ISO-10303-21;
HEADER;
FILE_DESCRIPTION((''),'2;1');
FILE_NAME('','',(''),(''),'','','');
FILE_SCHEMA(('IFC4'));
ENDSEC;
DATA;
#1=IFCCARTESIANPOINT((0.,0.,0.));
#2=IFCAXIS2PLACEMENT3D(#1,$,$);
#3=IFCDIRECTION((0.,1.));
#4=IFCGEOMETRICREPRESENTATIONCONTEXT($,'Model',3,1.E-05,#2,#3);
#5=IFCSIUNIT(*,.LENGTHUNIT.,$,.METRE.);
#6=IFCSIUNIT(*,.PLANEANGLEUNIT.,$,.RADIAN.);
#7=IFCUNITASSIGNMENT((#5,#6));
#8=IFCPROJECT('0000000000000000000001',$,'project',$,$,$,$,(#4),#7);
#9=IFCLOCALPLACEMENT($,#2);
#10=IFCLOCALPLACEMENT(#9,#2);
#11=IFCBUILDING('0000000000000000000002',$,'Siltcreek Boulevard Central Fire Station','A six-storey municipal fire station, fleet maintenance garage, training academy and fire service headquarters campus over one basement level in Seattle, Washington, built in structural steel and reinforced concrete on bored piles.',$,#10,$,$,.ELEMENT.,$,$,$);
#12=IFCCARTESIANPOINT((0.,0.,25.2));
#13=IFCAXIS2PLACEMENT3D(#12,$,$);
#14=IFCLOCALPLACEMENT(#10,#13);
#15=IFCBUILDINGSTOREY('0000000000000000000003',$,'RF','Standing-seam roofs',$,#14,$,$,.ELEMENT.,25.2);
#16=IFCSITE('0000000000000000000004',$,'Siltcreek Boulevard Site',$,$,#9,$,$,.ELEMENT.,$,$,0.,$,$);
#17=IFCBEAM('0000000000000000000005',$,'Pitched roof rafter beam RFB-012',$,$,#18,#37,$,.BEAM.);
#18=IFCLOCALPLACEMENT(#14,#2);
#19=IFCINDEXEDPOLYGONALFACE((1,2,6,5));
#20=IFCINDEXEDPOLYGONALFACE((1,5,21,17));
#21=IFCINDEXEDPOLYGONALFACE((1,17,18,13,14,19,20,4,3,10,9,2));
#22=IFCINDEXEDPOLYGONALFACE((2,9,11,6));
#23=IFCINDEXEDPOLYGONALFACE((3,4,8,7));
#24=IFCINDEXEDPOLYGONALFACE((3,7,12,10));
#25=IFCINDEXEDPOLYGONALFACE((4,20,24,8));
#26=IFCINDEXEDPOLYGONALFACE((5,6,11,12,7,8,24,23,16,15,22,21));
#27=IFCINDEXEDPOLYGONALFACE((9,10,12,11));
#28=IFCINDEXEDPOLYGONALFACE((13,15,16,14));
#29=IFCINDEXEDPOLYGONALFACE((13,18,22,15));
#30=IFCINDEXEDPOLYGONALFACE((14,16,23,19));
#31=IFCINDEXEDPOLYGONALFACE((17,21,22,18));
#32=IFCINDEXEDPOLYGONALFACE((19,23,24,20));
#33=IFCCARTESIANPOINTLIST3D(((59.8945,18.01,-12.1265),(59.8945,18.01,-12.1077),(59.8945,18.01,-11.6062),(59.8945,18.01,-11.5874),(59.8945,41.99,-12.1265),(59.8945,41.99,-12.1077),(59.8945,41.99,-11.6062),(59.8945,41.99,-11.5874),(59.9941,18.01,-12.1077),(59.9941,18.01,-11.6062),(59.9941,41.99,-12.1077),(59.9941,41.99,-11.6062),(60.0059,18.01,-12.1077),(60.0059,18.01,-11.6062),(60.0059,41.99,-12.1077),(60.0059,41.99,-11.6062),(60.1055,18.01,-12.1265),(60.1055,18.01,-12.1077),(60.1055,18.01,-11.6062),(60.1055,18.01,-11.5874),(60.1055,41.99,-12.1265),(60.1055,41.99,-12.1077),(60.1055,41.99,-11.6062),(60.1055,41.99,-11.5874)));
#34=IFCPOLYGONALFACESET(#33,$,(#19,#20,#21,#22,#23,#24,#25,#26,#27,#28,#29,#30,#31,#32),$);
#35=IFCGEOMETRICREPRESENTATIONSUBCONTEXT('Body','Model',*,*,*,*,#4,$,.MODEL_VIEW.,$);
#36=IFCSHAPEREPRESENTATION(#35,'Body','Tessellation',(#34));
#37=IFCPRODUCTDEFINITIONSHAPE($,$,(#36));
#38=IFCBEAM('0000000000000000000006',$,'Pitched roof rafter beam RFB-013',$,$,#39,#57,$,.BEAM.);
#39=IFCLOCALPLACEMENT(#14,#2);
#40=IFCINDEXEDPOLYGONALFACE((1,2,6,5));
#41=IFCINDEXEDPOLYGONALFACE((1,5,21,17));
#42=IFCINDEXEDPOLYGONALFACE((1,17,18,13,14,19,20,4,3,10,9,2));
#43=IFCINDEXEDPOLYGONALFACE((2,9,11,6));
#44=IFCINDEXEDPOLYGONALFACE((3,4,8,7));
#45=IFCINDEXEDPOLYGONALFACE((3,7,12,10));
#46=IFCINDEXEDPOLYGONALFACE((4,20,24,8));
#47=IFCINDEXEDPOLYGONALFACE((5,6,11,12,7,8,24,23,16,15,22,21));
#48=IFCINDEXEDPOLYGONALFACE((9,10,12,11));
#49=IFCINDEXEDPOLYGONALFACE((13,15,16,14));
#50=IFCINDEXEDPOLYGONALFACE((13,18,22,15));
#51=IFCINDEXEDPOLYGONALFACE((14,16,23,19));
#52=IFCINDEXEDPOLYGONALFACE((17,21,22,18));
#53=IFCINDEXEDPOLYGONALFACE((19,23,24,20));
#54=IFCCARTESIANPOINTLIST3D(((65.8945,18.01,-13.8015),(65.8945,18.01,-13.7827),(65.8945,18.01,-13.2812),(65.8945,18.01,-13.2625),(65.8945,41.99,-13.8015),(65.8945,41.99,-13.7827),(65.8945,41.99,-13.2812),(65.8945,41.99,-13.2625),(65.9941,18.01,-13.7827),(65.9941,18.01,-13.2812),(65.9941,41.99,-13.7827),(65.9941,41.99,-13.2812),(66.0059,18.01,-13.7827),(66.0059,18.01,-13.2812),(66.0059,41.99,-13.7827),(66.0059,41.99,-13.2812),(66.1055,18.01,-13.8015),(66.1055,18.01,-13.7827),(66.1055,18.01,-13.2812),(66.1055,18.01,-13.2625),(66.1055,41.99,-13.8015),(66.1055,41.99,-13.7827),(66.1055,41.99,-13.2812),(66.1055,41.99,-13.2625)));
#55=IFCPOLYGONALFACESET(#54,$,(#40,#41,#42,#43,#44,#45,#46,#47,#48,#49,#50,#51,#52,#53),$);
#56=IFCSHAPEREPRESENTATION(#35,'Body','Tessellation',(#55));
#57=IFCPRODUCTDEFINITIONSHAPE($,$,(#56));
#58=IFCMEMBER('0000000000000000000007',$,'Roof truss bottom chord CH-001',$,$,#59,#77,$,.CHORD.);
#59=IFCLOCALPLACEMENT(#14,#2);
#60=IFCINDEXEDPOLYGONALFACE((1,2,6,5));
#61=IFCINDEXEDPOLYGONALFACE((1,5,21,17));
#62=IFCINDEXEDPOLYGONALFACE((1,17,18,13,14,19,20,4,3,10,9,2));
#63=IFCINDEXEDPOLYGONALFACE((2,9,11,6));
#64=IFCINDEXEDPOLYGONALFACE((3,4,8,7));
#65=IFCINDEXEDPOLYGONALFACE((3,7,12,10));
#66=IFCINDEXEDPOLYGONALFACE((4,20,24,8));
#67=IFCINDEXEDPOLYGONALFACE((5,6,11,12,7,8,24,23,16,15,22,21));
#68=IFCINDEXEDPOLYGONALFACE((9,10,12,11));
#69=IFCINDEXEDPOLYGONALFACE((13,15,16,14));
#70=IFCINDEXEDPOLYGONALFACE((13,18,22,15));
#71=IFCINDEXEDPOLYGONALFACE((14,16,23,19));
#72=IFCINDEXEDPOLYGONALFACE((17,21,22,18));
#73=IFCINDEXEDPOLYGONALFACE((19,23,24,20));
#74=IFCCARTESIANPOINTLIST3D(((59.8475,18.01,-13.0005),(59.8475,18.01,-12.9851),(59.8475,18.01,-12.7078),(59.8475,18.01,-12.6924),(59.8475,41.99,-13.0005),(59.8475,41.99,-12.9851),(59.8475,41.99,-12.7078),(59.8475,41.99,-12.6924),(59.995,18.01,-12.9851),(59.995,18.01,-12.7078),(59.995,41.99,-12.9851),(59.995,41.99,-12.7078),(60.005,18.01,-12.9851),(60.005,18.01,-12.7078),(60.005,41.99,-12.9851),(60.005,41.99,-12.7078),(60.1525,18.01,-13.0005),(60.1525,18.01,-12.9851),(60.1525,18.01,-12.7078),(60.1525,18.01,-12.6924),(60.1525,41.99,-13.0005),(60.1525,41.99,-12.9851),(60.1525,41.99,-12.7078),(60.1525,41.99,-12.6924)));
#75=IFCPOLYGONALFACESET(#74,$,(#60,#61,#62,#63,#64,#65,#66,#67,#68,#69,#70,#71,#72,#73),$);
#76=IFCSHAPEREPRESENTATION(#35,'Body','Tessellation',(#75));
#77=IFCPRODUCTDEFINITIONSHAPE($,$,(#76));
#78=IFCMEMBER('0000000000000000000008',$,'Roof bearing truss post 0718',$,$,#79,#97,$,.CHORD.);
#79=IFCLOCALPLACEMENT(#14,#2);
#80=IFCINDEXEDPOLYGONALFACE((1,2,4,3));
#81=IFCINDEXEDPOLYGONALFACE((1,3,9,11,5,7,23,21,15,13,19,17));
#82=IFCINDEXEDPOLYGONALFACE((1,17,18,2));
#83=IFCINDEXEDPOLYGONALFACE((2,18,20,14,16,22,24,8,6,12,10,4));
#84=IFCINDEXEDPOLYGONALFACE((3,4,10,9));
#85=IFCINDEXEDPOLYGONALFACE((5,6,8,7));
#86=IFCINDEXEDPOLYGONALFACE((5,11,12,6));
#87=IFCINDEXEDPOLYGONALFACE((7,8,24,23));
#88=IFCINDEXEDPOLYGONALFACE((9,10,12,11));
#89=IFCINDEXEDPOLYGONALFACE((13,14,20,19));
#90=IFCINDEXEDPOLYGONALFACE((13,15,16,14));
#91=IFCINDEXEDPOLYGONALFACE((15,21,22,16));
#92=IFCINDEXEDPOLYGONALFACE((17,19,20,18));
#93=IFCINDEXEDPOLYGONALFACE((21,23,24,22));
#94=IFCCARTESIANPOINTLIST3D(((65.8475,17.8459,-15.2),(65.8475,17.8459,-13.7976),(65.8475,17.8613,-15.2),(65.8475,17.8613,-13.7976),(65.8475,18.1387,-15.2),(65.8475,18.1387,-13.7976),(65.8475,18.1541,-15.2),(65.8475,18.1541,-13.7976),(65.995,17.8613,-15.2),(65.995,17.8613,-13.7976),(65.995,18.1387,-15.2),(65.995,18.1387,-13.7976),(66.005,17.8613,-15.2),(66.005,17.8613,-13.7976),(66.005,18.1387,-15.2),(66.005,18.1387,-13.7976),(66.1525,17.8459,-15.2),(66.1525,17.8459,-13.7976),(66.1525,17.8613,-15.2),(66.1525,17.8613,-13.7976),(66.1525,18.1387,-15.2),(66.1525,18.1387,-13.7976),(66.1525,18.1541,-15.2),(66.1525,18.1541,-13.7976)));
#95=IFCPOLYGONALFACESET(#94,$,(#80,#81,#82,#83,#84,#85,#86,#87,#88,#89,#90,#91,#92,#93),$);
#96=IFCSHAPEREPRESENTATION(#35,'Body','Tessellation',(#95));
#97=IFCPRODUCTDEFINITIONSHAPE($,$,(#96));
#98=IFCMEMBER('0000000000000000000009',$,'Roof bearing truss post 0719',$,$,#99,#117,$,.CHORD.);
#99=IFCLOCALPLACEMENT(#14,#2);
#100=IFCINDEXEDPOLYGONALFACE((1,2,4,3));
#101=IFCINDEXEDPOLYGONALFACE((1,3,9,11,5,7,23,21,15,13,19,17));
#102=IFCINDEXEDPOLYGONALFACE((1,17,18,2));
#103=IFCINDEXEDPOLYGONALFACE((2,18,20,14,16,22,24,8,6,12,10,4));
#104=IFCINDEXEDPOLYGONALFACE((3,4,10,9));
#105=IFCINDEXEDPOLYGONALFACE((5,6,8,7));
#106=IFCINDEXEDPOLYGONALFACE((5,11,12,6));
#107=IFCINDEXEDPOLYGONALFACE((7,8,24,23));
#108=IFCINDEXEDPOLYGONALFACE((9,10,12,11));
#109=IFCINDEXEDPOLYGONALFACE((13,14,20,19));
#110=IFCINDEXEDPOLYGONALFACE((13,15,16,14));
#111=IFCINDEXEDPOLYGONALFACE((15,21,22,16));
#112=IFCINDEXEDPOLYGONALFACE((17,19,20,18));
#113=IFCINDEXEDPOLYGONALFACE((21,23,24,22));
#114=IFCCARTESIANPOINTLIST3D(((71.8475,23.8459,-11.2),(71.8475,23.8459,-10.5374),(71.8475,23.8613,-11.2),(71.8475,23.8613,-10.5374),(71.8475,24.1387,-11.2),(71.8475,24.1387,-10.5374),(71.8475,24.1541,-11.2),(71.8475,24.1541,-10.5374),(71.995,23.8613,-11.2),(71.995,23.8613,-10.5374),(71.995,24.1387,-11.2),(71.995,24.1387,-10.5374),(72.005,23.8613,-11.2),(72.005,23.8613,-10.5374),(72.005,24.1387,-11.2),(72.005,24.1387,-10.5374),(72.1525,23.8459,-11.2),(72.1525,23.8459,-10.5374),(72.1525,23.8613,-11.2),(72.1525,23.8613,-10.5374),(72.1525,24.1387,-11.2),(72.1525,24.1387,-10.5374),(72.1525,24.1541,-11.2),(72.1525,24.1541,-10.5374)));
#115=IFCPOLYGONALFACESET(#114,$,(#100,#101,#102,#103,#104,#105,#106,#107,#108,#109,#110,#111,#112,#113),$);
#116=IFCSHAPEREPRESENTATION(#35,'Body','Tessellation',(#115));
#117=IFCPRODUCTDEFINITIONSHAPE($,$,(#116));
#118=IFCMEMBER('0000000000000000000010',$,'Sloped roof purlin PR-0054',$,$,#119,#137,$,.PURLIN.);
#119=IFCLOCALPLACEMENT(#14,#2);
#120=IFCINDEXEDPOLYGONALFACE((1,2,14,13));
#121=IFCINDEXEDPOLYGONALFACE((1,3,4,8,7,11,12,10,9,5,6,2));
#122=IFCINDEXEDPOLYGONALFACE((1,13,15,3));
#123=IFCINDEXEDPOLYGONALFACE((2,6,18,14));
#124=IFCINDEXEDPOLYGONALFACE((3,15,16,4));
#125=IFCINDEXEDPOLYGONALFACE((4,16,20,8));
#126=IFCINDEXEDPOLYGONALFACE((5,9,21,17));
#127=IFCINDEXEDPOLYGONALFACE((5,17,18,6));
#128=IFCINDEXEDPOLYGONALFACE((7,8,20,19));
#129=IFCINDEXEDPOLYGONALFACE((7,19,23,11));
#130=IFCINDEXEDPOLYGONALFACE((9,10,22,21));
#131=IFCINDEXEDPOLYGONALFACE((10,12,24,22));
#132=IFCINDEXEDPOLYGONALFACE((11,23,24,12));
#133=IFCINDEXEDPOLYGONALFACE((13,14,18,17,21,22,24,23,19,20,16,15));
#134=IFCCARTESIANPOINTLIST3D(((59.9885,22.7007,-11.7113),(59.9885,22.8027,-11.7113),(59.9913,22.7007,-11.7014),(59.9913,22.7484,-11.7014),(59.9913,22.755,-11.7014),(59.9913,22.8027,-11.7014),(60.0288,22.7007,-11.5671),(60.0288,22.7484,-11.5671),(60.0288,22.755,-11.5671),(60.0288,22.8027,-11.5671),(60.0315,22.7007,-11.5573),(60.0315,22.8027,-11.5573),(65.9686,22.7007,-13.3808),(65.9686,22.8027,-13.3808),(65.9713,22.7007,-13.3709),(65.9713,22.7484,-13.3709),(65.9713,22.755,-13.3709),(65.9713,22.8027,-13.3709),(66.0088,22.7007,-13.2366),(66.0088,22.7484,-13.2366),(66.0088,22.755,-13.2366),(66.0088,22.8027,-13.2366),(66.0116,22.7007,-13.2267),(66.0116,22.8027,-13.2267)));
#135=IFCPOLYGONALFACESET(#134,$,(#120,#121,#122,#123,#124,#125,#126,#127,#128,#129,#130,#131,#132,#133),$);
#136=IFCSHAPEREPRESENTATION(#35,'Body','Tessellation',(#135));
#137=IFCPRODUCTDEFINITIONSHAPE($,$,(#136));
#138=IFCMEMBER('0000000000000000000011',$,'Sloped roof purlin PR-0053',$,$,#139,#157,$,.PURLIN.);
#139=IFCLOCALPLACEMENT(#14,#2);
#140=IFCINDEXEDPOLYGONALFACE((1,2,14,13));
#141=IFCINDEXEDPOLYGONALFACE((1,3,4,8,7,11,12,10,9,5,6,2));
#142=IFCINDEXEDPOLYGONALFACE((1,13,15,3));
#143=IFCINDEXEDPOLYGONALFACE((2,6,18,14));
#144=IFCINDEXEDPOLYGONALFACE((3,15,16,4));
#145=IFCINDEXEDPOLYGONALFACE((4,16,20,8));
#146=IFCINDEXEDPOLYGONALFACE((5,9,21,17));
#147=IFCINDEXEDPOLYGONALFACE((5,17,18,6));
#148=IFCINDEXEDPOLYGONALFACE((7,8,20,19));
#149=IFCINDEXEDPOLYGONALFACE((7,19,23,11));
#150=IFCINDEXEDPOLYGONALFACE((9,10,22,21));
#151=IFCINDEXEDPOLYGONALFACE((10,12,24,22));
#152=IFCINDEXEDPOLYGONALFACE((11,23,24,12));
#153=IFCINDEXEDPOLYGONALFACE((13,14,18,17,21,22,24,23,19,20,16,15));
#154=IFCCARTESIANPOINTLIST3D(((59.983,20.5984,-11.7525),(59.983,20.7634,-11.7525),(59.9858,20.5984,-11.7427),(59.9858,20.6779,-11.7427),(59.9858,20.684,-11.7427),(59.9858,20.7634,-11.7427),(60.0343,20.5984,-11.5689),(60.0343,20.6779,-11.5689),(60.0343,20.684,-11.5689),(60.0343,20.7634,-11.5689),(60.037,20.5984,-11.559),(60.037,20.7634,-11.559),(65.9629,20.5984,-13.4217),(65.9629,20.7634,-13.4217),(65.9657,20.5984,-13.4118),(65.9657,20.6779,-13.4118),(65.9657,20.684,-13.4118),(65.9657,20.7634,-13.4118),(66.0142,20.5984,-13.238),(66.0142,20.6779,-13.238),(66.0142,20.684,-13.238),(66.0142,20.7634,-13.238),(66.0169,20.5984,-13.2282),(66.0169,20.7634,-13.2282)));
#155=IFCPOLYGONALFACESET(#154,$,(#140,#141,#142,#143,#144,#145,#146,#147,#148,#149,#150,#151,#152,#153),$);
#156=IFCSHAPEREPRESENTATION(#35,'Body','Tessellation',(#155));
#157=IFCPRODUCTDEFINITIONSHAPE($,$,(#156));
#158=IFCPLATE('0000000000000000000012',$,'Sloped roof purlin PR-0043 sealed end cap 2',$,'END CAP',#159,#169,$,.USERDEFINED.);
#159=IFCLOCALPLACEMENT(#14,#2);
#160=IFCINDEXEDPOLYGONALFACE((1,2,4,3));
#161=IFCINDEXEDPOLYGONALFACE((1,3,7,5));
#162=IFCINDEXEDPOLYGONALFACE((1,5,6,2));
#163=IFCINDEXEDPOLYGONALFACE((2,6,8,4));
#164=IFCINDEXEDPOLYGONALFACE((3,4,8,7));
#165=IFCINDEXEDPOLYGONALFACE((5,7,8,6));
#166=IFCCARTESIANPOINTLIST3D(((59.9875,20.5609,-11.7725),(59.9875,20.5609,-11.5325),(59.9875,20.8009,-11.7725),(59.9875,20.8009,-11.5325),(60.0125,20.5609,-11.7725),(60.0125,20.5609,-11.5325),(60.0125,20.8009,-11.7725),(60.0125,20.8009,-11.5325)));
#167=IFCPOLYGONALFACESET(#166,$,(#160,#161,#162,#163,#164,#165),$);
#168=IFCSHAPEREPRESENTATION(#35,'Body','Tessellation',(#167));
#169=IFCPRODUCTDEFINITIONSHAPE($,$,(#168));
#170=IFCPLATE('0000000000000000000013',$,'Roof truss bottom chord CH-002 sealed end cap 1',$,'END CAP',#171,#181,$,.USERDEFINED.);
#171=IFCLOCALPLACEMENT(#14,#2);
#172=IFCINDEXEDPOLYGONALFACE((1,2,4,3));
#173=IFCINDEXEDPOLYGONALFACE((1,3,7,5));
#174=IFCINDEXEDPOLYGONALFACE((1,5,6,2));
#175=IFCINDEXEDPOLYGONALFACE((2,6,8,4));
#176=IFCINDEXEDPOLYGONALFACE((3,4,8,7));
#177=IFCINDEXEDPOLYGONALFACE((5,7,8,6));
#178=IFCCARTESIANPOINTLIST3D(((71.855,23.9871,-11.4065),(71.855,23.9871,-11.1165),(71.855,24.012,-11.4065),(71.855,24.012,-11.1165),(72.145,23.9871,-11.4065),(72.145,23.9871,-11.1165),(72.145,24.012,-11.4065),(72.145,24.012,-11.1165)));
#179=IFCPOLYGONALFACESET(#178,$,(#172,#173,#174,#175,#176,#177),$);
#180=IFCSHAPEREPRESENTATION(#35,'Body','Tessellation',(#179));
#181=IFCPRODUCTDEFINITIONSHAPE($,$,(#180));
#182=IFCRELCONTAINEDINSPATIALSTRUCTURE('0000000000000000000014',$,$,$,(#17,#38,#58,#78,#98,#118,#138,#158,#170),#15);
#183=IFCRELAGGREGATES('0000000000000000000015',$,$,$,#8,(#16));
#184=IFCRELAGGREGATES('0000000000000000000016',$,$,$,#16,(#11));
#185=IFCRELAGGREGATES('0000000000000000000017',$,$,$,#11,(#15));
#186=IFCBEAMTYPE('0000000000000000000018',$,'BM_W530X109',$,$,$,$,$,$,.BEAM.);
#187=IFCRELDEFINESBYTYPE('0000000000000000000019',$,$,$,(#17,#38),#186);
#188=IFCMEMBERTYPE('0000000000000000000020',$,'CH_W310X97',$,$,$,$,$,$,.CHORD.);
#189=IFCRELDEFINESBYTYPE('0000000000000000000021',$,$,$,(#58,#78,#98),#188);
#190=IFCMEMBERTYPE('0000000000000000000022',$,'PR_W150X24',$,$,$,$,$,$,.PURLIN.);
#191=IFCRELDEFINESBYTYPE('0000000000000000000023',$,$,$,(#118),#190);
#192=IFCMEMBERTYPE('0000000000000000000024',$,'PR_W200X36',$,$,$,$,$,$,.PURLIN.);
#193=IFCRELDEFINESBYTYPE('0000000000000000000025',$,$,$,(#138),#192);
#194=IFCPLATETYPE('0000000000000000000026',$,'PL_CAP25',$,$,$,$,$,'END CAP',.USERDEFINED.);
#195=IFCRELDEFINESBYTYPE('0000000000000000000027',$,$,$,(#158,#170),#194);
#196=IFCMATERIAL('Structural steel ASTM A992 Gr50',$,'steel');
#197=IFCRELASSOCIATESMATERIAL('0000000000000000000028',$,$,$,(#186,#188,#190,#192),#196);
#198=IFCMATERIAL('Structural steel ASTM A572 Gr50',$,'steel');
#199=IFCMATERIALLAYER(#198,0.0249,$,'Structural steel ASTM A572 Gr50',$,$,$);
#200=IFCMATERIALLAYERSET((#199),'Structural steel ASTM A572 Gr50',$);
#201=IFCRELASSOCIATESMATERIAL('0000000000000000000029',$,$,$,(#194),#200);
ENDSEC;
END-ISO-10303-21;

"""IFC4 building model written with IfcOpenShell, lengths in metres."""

from ifc_helpers import new_model, si_unit, direction, frame, origin, origin_2d, place, context, subcontext, project, spatial, rectangle, i_section, extrude, material, layer, layer_set, material_profile, profile_set, type_object, element, save


model = new_model("IFC4")

# Units and contexts
model_context = context("Model", 3, precision=1e-05, world=origin(), true_north=direction((0.0, 1.0)))
body_context = subcontext(model_context, "Body", "Model", "MODEL_VIEW")
ifc_project = project(units=[si_unit("LENGTHUNIT", "METRE"), si_unit("PLANEANGLEUNIT", "RADIAN")], contexts=[model_context])

# Site, building, storey
site_placement = place(None, origin())
site = spatial("IfcSite", under=ifc_project, at=site_placement, Name="Siltcreek Boulevard Site", CompositionType="ELEMENT", RefElevation=0.0)
building_placement = place(site_placement, origin())
building = spatial("IfcBuilding", under=site, at=building_placement, Name="Siltcreek Boulevard Central Fire Station", Description="A six-storey municipal fire station, fleet maintenance garage, training academy and fire service headquarters campus over one basement level in Seattle, Washington, built in structural steel and reinforced concrete on bored piles.", CompositionType="ELEMENT")
storey_placement = place(building_placement, frame((0.0, 0.0, 25.2)))
storey = spatial("IfcBuildingStorey", under=building, at=storey_placement, Name="RF", Description="Standing-seam roofs", CompositionType="ELEMENT", Elevation=25.2)

# Beams
ifc_material_1 = material(Name="Structural steel ASTM A992 Gr50", Category="steel")
ifc_material_profile_1 = material_profile(ifc_material_1, i_section(OverallWidth=0.2109, OverallDepth=0.5391, WebThickness=0.0117, FlangeThickness=0.0188, at=origin_2d()), Name="W530X109")
ifc_profile_set_1 = profile_set([ifc_material_profile_1], Name="Structural steel ASTM A992 Gr50")
beam_type = type_object("IfcBeamType", Name="BM_W530X109", PredefinedType="BEAM", material=ifc_profile_set_1)
for number, where, z_axis, x_axis, name in (
    (1, (60.0, 18.01, -11.8569), (0.0, 1.0, 0.0), (-1.0, 0.0, 0.0), "Pitched roof rafter beam RFB-012"),
    (2, (66.0, 18.01, -13.532), (0.0, 1.0, 0.0), (-1.0, 0.0, 0.0), "Pitched roof rafter beam RFB-013"),
):
    element("IfcBeam", number, at=place(storey_placement, frame(where, z_axis=z_axis, x_axis=x_axis)), inside=storey, type_object=beam_type, Name=name, PredefinedType="BEAM", context=body_context, shape_type="SweptSolid", body=[
        extrude(i_section(OverallWidth=0.2109, OverallDepth=0.5391, WebThickness=0.0117, FlangeThickness=0.0188, at=origin_2d()), origin(), (0.0, 0.0, 1.0), 23.98),
    ])

# Members
ifc_material_profile_2 = material_profile(ifc_material_1, i_section(OverallWidth=0.3049, OverallDepth=0.3081, WebThickness=0.01, FlangeThickness=0.0154, at=origin_2d()), Name="W310X97")
ifc_profile_set_2 = profile_set([ifc_material_profile_2], Name="Structural steel ASTM A992 Gr50")
member_type_1 = type_object("IfcMemberType", Name="CH_W310X97", PredefinedType="CHORD", material=ifc_profile_set_2)
member_1_placement = place(storey_placement, frame((60.0, 18.01, -12.8464), z_axis=(0.0, 1.0, 0.0), x_axis=(-1.0, 0.0, 0.0)))
element("IfcMember", 3, at=member_1_placement, inside=storey, type_object=member_type_1, Name="Roof truss bottom chord CH-001", PredefinedType="CHORD", context=body_context, shape_type="SweptSolid", body=[
    extrude(i_section(OverallWidth=0.3049, OverallDepth=0.3081, WebThickness=0.01, FlangeThickness=0.0154, at=origin_2d()), origin(), (0.0, 0.0, 1.0), 23.98),
])
member_2_placement = place(storey_placement, frame((66.0, 18.0, -15.2), z_axis=(0.0, 0.0, 1.0), x_axis=(1.0, 0.0, 0.0)))
element("IfcMember", 4, at=member_2_placement, inside=storey, type_object=member_type_1, Name="Roof bearing truss post 0718", PredefinedType="CHORD", context=body_context, shape_type="SweptSolid", body=[
    extrude(i_section(OverallWidth=0.3049, OverallDepth=0.3081, WebThickness=0.01, FlangeThickness=0.0154, at=origin_2d()), origin(), (0.0, 0.0, 1.0), 1.4023),
])
member_3_placement = place(storey_placement, frame((72.0, 24.0, -11.2), z_axis=(0.0, 0.0, 1.0), x_axis=(1.0, 0.0, 0.0)))
element("IfcMember", 5, at=member_3_placement, inside=storey, type_object=member_type_1, Name="Roof bearing truss post 0719", PredefinedType="CHORD", context=body_context, shape_type="SweptSolid", body=[
    extrude(i_section(OverallWidth=0.3049, OverallDepth=0.3081, WebThickness=0.01, FlangeThickness=0.0154, at=origin_2d()), origin(), (0.0, 0.0, 1.0), 0.6626),
])
ifc_material_profile_3 = material_profile(ifc_material_1, i_section(OverallWidth=0.1021, OverallDepth=0.1599, WebThickness=0.0066, FlangeThickness=0.0103, at=origin_2d()), Name="W150X24")
ifc_profile_set_3 = profile_set([ifc_material_profile_3], Name="Structural steel ASTM A992 Gr50")
member_type_2 = type_object("IfcMemberType", Name="PR_W150X24", PredefinedType="PURLIN", material=ifc_profile_set_3)
member_4_placement = place(storey_placement, frame((60.01, 22.7517, -11.6343), z_axis=(0.963171, 0.0, -0.268889), x_axis=(0.0, 1.0, 0.0)))
element("IfcMember", 6, at=member_4_placement, inside=storey, type_object=member_type_2, Name="Sloped roof purlin PR-0054", PredefinedType="PURLIN", context=body_context, shape_type="SweptSolid", body=[
    extrude(i_section(OverallWidth=0.1021, OverallDepth=0.1599, WebThickness=0.0066, FlangeThickness=0.0103, at=origin_2d()), origin(), (0.0, 0.0, 1.0), 6.2087),
])
ifc_material_profile_4 = material_profile(ifc_material_1, i_section(OverallWidth=0.165, OverallDepth=0.2009, WebThickness=0.0061, FlangeThickness=0.0103, at=origin_2d()), Name="W200X36")
ifc_profile_set_4 = profile_set([ifc_material_profile_4], Name="Structural steel ASTM A992 Gr50")
member_type_3 = type_object("IfcMemberType", Name="PR_W200X36", PredefinedType="PURLIN", material=ifc_profile_set_4)
member_5_placement = place(storey_placement, frame((60.01, 20.6809, -11.6558), z_axis=(0.963181, 0.0, -0.268852), x_axis=(0.0, 1.0, 0.0)))
element("IfcMember", 7, at=member_5_placement, inside=storey, type_object=member_type_3, Name="Sloped roof purlin PR-0053", PredefinedType="PURLIN", context=body_context, shape_type="SweptSolid", body=[
    extrude(i_section(OverallWidth=0.165, OverallDepth=0.2009, WebThickness=0.0061, FlangeThickness=0.0103, at=origin_2d()), origin(), (0.0, 0.0, 1.0), 6.2085),
])

# Plates
ifc_material_2 = material(Name="Structural steel ASTM A572 Gr50", Category="steel")
ifc_layer_1 = layer(ifc_material_2, 0.0249, Name="Structural steel ASTM A572 Gr50")
ifc_layer_set_1 = layer_set([ifc_layer_1], Name="Structural steel ASTM A572 Gr50")
plate_type = type_object("IfcPlateType", Name="PL_CAP25", ElementType="END CAP", PredefinedType="USERDEFINED", material=ifc_layer_set_1)
plate_1_placement = place(storey_placement, frame((60.0, 20.6809, -11.7725), z_axis=(0.0, 0.0, 1.0), x_axis=(1.0, 0.0, 0.0)))
element("IfcPlate", 8, at=plate_1_placement, inside=storey, type_object=plate_type, Name="Sloped roof purlin PR-0043 sealed end cap 2", ObjectType="END CAP", PredefinedType="USERDEFINED", context=body_context, shape_type="SweptSolid", body=[
    extrude(rectangle(XDim=0.0249, YDim=0.24, at=origin_2d()), origin(), (0.0, 0.0, 1.0), 0.24),
])
plate_2_placement = place(storey_placement, frame((72.0, 23.9995, -11.4065), z_axis=(0.0, 0.0, 1.0), x_axis=(0.0, 1.0, 0.0)))
element("IfcPlate", 9, at=plate_2_placement, inside=storey, type_object=plate_type, Name="Roof truss bottom chord CH-002 sealed end cap 1", ObjectType="END CAP", PredefinedType="USERDEFINED", context=body_context, shape_type="SweptSolid", body=[
    extrude(rectangle(XDim=0.0249, YDim=0.29, at=origin_2d()), origin(), (0.0, 0.0, 1.0), 0.29),
])

save(model, "model.ifc")
